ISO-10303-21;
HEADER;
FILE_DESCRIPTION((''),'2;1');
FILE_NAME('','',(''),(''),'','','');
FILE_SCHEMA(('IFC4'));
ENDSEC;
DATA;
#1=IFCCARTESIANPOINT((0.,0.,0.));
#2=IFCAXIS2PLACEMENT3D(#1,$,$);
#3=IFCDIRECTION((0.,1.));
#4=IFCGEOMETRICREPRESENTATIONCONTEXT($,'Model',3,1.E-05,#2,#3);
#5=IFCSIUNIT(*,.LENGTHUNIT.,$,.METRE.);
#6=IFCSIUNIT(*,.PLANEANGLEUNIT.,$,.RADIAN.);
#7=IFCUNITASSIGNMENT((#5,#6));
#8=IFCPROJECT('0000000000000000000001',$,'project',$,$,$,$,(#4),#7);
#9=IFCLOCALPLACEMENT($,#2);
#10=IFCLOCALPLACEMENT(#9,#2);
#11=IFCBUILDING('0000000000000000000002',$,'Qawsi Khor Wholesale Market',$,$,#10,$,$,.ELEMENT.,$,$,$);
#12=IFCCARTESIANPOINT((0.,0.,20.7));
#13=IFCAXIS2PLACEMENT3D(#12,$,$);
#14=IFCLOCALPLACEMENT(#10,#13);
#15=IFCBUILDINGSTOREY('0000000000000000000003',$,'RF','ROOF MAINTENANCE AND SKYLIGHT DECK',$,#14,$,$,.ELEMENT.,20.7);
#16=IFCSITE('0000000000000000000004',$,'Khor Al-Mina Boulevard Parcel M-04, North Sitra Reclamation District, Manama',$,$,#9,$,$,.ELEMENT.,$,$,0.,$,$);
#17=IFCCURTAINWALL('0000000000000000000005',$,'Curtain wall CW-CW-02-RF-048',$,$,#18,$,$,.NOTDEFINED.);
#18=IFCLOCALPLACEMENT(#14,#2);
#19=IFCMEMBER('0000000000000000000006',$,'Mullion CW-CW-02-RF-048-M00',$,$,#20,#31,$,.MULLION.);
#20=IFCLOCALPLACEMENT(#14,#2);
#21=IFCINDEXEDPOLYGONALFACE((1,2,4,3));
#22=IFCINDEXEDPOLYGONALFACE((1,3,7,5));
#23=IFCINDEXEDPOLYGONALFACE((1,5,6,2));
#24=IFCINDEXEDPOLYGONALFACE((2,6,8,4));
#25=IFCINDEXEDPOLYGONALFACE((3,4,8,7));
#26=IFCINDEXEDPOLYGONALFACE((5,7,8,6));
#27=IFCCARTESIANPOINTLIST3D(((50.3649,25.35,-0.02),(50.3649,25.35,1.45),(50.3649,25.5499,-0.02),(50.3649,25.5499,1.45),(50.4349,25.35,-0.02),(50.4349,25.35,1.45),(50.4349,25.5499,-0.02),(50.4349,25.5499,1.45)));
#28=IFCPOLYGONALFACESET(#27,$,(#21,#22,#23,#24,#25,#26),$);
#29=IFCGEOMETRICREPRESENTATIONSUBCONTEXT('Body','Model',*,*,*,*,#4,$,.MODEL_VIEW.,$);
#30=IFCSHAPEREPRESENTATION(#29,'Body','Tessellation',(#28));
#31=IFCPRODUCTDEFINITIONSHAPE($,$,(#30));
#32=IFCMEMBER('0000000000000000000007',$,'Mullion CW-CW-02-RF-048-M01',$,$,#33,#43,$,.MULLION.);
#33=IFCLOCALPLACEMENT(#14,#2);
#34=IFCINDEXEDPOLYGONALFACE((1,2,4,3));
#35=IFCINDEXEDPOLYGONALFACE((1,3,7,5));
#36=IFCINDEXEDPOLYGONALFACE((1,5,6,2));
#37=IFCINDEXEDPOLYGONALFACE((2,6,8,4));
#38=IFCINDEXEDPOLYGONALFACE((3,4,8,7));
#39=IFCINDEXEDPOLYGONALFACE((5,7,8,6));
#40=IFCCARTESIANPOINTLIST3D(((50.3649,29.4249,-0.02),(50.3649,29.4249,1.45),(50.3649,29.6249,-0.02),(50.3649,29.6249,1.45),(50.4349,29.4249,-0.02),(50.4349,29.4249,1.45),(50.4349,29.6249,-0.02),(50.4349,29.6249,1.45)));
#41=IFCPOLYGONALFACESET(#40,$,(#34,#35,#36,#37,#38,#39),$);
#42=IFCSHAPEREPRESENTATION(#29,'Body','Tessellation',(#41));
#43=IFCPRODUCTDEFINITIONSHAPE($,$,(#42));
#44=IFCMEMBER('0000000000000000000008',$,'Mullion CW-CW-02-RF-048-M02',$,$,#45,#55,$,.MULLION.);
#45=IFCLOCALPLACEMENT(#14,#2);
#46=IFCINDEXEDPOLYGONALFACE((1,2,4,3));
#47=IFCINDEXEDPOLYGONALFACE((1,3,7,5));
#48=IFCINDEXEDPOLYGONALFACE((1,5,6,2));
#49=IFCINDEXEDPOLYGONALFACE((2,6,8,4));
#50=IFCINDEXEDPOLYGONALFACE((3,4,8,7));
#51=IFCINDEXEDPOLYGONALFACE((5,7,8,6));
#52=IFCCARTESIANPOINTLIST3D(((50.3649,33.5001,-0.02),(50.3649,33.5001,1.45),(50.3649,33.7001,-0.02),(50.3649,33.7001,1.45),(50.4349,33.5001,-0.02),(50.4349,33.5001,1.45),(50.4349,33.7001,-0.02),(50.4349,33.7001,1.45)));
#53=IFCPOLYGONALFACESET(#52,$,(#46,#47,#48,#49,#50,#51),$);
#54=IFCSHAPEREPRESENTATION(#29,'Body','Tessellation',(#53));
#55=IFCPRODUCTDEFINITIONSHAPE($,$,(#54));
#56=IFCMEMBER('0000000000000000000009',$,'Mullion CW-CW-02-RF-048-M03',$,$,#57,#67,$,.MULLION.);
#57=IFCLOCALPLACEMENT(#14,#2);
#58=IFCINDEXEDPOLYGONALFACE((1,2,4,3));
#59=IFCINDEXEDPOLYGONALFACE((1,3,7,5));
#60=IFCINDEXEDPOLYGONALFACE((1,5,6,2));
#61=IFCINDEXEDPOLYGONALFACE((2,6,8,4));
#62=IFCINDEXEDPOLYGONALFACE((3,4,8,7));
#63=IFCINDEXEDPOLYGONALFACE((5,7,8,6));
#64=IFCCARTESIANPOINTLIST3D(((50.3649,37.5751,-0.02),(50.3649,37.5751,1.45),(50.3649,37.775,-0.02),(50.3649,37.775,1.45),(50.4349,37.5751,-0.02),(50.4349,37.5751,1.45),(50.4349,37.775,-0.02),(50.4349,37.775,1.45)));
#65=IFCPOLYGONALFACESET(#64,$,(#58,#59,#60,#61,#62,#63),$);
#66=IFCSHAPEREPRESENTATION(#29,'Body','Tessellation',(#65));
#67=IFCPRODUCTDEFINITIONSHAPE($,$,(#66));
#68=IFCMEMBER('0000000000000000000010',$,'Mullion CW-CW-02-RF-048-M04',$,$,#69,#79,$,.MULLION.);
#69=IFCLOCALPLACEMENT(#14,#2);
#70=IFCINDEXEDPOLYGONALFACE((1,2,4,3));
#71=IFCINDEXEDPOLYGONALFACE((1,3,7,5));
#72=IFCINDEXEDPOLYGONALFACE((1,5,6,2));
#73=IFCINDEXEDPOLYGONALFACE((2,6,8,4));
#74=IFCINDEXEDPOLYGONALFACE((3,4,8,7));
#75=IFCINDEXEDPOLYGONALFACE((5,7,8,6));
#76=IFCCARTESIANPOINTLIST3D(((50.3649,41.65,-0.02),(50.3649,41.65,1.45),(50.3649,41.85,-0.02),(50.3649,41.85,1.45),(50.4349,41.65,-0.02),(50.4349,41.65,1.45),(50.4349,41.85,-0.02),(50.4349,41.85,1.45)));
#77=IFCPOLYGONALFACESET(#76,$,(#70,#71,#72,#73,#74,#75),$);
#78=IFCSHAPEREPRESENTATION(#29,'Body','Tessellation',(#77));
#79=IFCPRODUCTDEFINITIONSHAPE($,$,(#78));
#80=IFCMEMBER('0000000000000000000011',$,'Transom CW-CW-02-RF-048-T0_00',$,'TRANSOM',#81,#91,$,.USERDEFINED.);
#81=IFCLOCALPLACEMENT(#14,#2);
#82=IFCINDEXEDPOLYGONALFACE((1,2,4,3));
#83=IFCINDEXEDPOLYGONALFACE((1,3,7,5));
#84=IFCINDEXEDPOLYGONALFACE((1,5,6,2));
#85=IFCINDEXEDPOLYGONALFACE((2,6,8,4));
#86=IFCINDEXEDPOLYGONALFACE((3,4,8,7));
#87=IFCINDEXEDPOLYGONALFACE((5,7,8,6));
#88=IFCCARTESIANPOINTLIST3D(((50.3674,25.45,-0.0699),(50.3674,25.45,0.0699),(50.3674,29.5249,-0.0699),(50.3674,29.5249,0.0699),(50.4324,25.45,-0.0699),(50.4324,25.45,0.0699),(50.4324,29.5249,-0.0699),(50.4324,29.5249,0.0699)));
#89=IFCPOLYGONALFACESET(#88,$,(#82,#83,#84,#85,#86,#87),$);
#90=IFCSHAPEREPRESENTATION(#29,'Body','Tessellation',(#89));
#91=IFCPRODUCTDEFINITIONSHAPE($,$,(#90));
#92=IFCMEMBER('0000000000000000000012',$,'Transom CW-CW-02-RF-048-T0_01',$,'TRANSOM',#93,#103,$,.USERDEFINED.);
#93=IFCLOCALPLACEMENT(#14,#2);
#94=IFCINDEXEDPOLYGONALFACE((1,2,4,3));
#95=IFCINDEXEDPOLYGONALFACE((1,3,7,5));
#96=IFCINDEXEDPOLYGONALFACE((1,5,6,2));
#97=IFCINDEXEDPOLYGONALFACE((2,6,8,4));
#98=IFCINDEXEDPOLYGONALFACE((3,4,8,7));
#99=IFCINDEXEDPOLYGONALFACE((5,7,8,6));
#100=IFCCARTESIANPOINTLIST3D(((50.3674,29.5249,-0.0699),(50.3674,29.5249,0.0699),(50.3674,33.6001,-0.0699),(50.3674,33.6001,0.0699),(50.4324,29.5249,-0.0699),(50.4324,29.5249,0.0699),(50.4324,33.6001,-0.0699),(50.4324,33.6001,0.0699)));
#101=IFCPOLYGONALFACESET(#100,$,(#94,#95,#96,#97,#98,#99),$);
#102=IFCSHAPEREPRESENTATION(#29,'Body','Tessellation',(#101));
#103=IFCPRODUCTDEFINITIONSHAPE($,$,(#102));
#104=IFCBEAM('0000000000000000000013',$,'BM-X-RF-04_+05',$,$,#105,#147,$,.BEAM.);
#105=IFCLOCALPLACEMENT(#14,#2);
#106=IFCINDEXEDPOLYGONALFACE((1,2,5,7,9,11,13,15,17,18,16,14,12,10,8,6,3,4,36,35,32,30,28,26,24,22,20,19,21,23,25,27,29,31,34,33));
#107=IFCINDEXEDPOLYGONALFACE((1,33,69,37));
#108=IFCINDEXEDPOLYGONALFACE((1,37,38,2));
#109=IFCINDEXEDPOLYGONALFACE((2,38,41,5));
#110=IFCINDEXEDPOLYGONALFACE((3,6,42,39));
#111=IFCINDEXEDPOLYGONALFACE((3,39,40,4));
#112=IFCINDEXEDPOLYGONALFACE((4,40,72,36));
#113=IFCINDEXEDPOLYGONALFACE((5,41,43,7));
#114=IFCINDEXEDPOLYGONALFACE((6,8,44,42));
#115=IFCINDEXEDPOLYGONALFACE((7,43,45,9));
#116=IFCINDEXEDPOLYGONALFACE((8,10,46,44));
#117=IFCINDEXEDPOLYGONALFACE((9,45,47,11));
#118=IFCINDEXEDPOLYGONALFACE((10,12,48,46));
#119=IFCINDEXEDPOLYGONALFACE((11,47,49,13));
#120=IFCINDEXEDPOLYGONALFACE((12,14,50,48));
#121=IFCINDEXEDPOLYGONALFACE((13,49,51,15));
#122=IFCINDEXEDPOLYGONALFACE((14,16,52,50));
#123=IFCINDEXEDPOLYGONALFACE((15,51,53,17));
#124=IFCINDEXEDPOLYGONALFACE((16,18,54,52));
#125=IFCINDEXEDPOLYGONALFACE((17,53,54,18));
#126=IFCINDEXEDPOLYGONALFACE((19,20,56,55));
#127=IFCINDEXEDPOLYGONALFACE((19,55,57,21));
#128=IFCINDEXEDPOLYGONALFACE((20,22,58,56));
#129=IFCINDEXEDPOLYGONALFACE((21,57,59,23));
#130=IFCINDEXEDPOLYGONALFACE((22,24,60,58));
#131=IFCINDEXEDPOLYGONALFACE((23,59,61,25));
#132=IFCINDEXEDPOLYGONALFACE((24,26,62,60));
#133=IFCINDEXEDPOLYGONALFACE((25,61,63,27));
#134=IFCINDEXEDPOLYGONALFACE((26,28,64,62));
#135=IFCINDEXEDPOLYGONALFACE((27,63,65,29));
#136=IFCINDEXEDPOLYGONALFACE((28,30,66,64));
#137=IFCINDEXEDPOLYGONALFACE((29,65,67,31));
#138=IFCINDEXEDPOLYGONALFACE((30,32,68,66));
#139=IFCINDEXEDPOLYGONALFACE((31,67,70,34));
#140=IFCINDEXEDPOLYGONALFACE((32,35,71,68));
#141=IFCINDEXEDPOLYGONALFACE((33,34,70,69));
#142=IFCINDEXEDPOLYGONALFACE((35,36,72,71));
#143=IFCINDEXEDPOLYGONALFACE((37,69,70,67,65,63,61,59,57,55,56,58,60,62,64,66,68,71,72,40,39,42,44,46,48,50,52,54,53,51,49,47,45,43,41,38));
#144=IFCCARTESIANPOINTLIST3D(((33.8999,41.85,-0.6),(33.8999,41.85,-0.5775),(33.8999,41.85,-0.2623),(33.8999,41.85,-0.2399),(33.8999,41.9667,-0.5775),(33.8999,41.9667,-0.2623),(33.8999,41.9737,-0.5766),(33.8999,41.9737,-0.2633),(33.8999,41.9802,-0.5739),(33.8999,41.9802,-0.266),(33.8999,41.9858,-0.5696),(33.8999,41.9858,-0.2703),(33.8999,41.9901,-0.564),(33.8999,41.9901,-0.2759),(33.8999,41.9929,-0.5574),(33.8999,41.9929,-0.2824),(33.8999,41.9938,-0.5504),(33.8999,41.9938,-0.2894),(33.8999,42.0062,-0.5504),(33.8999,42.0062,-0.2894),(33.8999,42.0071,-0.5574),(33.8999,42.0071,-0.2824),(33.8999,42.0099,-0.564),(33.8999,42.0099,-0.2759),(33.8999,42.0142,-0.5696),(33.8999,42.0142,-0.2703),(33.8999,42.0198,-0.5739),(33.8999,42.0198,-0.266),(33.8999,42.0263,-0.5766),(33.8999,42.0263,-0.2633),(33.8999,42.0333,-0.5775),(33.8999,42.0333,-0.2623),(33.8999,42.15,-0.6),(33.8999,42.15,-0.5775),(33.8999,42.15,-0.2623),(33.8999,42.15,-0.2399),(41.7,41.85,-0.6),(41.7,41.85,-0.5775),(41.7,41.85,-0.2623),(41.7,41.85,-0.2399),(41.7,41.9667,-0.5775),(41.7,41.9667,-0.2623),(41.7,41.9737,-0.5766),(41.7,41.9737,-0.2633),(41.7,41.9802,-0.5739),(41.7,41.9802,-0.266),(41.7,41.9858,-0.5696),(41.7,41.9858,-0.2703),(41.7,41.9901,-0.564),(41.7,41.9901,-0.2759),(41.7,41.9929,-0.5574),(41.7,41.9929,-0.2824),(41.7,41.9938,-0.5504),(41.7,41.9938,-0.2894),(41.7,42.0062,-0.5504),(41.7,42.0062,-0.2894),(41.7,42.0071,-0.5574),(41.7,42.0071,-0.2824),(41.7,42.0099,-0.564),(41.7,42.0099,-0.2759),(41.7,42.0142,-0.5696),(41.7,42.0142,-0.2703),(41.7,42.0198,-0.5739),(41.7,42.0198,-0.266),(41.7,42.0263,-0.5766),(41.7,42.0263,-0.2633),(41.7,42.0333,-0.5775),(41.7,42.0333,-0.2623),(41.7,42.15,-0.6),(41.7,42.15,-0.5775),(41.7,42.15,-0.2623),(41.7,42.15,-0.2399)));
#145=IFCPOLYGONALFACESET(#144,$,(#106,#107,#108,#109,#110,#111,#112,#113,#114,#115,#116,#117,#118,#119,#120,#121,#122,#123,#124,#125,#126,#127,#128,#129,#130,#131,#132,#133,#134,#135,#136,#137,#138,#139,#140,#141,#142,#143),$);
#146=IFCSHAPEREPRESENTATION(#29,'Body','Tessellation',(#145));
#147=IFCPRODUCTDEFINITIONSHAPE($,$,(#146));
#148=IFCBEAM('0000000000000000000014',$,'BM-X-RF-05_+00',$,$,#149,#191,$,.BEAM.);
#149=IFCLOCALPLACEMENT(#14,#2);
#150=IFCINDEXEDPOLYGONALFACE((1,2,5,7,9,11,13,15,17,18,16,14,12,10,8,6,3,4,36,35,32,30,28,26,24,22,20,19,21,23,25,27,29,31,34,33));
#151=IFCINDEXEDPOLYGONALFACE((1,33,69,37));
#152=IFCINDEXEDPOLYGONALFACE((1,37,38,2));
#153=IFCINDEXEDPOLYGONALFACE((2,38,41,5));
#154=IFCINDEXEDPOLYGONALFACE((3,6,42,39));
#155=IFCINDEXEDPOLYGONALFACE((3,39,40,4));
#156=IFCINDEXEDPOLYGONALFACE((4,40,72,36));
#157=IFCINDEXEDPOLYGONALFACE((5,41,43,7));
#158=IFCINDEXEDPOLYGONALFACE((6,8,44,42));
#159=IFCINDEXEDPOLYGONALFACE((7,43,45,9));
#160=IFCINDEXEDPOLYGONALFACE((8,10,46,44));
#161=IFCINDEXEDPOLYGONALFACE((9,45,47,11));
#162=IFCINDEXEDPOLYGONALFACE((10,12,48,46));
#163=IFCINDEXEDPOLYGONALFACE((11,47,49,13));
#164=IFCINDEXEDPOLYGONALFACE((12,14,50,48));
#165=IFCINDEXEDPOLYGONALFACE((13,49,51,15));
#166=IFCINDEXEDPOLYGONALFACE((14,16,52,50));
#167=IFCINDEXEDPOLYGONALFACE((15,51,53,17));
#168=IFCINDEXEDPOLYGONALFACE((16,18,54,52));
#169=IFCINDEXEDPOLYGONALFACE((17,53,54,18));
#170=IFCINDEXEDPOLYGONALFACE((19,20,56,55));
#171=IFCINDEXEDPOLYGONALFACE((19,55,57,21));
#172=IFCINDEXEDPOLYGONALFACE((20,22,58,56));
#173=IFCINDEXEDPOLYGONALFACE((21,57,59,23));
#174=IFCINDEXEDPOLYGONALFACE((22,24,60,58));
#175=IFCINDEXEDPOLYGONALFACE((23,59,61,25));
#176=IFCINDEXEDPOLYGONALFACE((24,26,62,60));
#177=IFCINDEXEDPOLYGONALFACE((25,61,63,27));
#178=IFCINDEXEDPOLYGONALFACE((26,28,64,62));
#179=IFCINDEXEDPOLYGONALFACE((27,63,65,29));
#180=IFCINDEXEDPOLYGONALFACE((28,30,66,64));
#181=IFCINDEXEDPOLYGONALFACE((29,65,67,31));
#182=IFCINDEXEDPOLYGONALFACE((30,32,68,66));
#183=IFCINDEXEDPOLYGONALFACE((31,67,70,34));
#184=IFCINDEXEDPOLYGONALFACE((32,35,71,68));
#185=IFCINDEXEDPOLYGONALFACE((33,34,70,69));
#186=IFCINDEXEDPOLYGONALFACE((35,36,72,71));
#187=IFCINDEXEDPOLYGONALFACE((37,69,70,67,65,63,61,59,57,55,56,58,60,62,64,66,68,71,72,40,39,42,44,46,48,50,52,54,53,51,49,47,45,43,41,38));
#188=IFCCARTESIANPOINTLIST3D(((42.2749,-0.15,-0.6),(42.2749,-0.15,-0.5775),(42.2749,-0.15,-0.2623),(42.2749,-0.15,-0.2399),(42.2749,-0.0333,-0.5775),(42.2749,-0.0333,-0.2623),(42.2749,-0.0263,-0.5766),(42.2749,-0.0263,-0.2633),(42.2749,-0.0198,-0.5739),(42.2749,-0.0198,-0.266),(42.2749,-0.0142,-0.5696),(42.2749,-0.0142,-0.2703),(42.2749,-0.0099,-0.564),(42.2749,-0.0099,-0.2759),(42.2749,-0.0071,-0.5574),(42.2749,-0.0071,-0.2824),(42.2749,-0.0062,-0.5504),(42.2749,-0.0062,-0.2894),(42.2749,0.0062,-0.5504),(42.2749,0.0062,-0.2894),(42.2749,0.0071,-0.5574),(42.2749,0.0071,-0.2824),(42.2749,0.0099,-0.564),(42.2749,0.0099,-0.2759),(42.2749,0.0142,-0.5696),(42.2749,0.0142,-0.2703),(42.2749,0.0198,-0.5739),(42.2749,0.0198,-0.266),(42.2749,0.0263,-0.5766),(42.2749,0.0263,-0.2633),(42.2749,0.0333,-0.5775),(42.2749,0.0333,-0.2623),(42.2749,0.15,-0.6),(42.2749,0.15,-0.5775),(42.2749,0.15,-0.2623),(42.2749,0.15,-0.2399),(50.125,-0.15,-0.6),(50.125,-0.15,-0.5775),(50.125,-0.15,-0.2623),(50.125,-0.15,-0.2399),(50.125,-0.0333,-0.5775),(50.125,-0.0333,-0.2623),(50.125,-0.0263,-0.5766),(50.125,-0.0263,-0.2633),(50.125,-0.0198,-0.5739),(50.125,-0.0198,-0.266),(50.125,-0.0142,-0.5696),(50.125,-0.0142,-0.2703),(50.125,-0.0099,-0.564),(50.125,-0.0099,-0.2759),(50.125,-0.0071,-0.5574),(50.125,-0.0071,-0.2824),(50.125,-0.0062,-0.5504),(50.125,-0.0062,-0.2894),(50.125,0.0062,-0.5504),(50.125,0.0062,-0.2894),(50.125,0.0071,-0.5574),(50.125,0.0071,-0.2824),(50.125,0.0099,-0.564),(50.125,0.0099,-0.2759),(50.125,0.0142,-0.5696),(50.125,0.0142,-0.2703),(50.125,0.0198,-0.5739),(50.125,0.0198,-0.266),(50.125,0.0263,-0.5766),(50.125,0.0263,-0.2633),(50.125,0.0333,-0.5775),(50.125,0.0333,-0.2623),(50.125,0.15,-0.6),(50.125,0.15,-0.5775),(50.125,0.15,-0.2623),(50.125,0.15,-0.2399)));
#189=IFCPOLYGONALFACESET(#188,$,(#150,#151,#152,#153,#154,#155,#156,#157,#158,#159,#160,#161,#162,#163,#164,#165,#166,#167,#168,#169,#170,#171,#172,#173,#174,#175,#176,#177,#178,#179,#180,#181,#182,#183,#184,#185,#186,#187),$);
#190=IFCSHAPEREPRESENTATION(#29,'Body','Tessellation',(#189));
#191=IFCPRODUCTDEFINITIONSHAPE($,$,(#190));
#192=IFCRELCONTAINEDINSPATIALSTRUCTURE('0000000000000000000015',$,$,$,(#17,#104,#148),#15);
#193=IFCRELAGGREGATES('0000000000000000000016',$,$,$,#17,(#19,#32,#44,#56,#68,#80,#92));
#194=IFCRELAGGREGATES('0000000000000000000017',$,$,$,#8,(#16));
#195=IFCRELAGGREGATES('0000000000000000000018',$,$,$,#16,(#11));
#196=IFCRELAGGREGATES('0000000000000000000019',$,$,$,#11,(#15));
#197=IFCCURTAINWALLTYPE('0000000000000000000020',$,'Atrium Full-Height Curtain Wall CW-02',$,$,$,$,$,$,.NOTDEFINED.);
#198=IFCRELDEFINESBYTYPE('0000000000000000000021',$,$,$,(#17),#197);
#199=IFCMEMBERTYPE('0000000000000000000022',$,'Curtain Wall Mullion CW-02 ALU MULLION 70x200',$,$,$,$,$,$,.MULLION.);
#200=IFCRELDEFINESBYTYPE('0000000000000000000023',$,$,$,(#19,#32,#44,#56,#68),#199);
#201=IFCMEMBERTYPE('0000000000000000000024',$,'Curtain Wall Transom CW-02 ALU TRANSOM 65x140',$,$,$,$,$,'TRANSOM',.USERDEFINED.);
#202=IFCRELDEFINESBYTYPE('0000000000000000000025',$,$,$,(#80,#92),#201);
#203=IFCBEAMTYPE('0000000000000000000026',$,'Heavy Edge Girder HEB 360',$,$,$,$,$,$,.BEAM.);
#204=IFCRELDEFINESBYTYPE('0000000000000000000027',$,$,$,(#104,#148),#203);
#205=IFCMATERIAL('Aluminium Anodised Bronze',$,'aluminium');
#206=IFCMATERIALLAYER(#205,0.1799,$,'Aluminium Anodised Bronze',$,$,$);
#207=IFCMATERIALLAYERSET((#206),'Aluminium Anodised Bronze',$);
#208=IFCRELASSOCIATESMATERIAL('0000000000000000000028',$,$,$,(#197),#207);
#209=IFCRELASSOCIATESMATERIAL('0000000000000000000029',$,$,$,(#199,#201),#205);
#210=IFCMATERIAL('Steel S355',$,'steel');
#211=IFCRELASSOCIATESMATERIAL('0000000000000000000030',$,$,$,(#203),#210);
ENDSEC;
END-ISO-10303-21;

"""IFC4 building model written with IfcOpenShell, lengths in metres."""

from ifc_helpers import new_model, si_unit, direction, frame, origin, origin_2d, place, context, subcontext, project, spatial, rectangle, i_section, extrude, material, layer, layer_set, material_profile, profile_set, type_object, element, aggregate, save


model = new_model("IFC4")

# Units and contexts
model_context = context("Model", 3, precision=1e-05, world=origin(), true_north=direction((0.0, 1.0)))
body_context = subcontext(model_context, "Body", "Model", "MODEL_VIEW")
ifc_project = project(units=[si_unit("LENGTHUNIT", "METRE"), si_unit("PLANEANGLEUNIT", "RADIAN")], contexts=[model_context])

# Site, building, storey
site_placement = place(None, origin())
site = spatial("IfcSite", under=ifc_project, at=site_placement, Name="Khor Al-Mina Boulevard Parcel M-04, North Sitra Reclamation District, Manama", CompositionType="ELEMENT", RefElevation=0.0)
building_placement = place(site_placement, origin())
building = spatial("IfcBuilding", under=site, at=building_placement, Name="Qawsi Khor Wholesale Market", CompositionType="ELEMENT")
storey_placement = place(building_placement, frame((0.0, 0.0, 20.7)))
storey = spatial("IfcBuildingStorey", under=building, at=storey_placement, Name="RF", Description="ROOF MAINTENANCE AND SKYLIGHT DECK", CompositionType="ELEMENT", Elevation=20.7)

# Curtain wall, members
ifc_material_1 = material(Name="Aluminium Anodised Bronze", Category="aluminium")
ifc_layer_1 = layer(ifc_material_1, 0.1799, Name="Aluminium Anodised Bronze")
ifc_layer_set_1 = layer_set([ifc_layer_1], Name="Aluminium Anodised Bronze")
curtain_wall_type = type_object("IfcCurtainWallType", Name="Atrium Full-Height Curtain Wall CW-02", PredefinedType="NOTDEFINED", material=ifc_layer_set_1)
curtain_wall_placement = place(storey_placement, origin())
curtain_wall = element("IfcCurtainWall", 1, at=curtain_wall_placement, inside=storey, type_object=curtain_wall_type, Name="Curtain wall CW-CW-02-RF-048", PredefinedType="NOTDEFINED")
ifc_material_profile_1 = material_profile(ifc_material_1, rectangle(XDim=0.0701, YDim=0.2, at=origin_2d()), Name="ALU MULLION 70x200")
ifc_profile_set_1 = profile_set([ifc_material_profile_1], Name="Aluminium Anodised Bronze")
member_type_1 = type_object("IfcMemberType", Name="Curtain Wall Mullion CW-02 ALU MULLION 70x200", PredefinedType="MULLION", material=ifc_profile_set_1)
member_1_placement = place(storey_placement, frame((50.3999, 25.45, -0.02), z_axis=(0.0, 0.0, 1.0), x_axis=(1.0, 0.0, 0.0)))
member_1 = element("IfcMember", 2, at=member_1_placement, type_object=member_type_1, Name="Mullion CW-CW-02-RF-048-M00", PredefinedType="MULLION", context=body_context, shape_type="SweptSolid", body=[
    extrude(rectangle(XDim=0.0701, YDim=0.2, at=origin_2d()), origin(), (0.0, 0.0, 1.0), 1.47),
])
member_2_placement = place(storey_placement, frame((50.3999, 29.5249, -0.02), z_axis=(0.0, 0.0, 1.0), x_axis=(1.0, 0.0, 0.0)))
member_2 = element("IfcMember", 3, at=member_2_placement, type_object=member_type_1, Name="Mullion CW-CW-02-RF-048-M01", PredefinedType="MULLION", context=body_context, shape_type="SweptSolid", body=[
    extrude(rectangle(XDim=0.0701, YDim=0.2, at=origin_2d()), origin(), (0.0, 0.0, 1.0), 1.47),
])
member_3_placement = place(storey_placement, frame((50.3999, 33.6001, -0.02), z_axis=(0.0, 0.0, 1.0), x_axis=(1.0, 0.0, 0.0)))
member_3 = element("IfcMember", 4, at=member_3_placement, type_object=member_type_1, Name="Mullion CW-CW-02-RF-048-M02", PredefinedType="MULLION", context=body_context, shape_type="SweptSolid", body=[
    extrude(rectangle(XDim=0.0701, YDim=0.2, at=origin_2d()), origin(), (0.0, 0.0, 1.0), 1.47),
])
member_4_placement = place(storey_placement, frame((50.3999, 37.675, -0.02), z_axis=(0.0, 0.0, 1.0), x_axis=(1.0, 0.0, 0.0)))
member_4 = element("IfcMember", 5, at=member_4_placement, type_object=member_type_1, Name="Mullion CW-CW-02-RF-048-M03", PredefinedType="MULLION", context=body_context, shape_type="SweptSolid", body=[
    extrude(rectangle(XDim=0.0701, YDim=0.2, at=origin_2d()), origin(), (0.0, 0.0, 1.0), 1.47),
])
member_5_placement = place(storey_placement, frame((50.3999, 41.75, -0.02), z_axis=(0.0, 0.0, 1.0), x_axis=(1.0, 0.0, 0.0)))
member_5 = element("IfcMember", 6, at=member_5_placement, type_object=member_type_1, Name="Mullion CW-CW-02-RF-048-M04", PredefinedType="MULLION", context=body_context, shape_type="SweptSolid", body=[
    extrude(rectangle(XDim=0.0701, YDim=0.2, at=origin_2d()), origin(), (0.0, 0.0, 1.0), 1.47),
])
ifc_material_profile_2 = material_profile(ifc_material_1, rectangle(XDim=0.0649, YDim=0.1399, at=origin_2d()), Name="ALU TRANSOM 65x140")
ifc_profile_set_2 = profile_set([ifc_material_profile_2], Name="Aluminium Anodised Bronze")
member_type_2 = type_object("IfcMemberType", Name="Curtain Wall Transom CW-02 ALU TRANSOM 65x140", ElementType="TRANSOM", PredefinedType="USERDEFINED", material=ifc_profile_set_2)
member_6_placement = place(storey_placement, frame((50.3999, 25.45, 0.0), z_axis=(0.0, 1.0, 0.0), x_axis=(-1.0, 0.0, 0.0)))
member_6 = element("IfcMember", 7, at=member_6_placement, type_object=member_type_2, Name="Transom CW-CW-02-RF-048-T0_00", ObjectType="TRANSOM", PredefinedType="USERDEFINED", context=body_context, shape_type="SweptSolid", body=[
    extrude(rectangle(XDim=0.0649, YDim=0.1399, at=origin_2d()), origin(), (0.0, 0.0, 1.0), 4.075),
])
member_7_placement = place(storey_placement, frame((50.3999, 29.5249, 0.0), z_axis=(0.0, 1.0, 0.0), x_axis=(-1.0, 0.0, 0.0)))
member_7 = element("IfcMember", 8, at=member_7_placement, type_object=member_type_2, Name="Transom CW-CW-02-RF-048-T0_01", ObjectType="TRANSOM", PredefinedType="USERDEFINED", context=body_context, shape_type="SweptSolid", body=[
    extrude(rectangle(XDim=0.0649, YDim=0.1399, at=origin_2d()), origin(), (0.0, 0.0, 1.0), 4.0752),
])
aggregate(curtain_wall, [member_1, member_2, member_3, member_4, member_5, member_6, member_7])

# Beams
ifc_material_2 = material(Name="Steel S355", Category="steel")
ifc_material_profile_3 = material_profile(ifc_material_2, i_section(OverallWidth=0.3, OverallDepth=0.3601, WebThickness=0.0125, FlangeThickness=0.0225, FilletRadius=0.0271, at=origin_2d()), Name="HEB 360")
ifc_profile_set_3 = profile_set([ifc_material_profile_3], Name="Steel S355")
beam_type_1 = type_object("IfcBeamType", Name="Heavy Edge Girder HEB 360", PredefinedType="BEAM", material=ifc_profile_set_3)
beam_1_placement = place(storey_placement, frame((33.8999, 42.0, -0.4199), z_axis=(1.0, 0.0, 0.0), x_axis=(0.0, 1.0, 0.0)))
element("IfcBeam", 9, at=beam_1_placement, inside=storey, type_object=beam_type_1, Name="BM-X-RF-04_+05", PredefinedType="BEAM", context=body_context, shape_type="SweptSolid", body=[
    extrude(i_section(OverallWidth=0.3, OverallDepth=0.3601, WebThickness=0.0125, FlangeThickness=0.0225, FilletRadius=0.0271, at=origin_2d()), origin(), (0.0, 0.0, 1.0), 7.8),
])
beam_2_placement = place(storey_placement, frame((42.2749, 0.0, -0.4199), z_axis=(1.0, 0.0, 0.0), x_axis=(0.0, 1.0, 0.0)))
element("IfcBeam", 10, at=beam_2_placement, inside=storey, type_object=beam_type_1, Name="BM-X-RF-05_+00", PredefinedType="BEAM", context=body_context, shape_type="SweptSolid", body=[
    extrude(i_section(OverallWidth=0.3, OverallDepth=0.3601, WebThickness=0.0125, FlangeThickness=0.0225, FilletRadius=0.0271, at=origin_2d()), origin(), (0.0, 0.0, 1.0), 7.8501),
])

save(model, "model.ifc")
